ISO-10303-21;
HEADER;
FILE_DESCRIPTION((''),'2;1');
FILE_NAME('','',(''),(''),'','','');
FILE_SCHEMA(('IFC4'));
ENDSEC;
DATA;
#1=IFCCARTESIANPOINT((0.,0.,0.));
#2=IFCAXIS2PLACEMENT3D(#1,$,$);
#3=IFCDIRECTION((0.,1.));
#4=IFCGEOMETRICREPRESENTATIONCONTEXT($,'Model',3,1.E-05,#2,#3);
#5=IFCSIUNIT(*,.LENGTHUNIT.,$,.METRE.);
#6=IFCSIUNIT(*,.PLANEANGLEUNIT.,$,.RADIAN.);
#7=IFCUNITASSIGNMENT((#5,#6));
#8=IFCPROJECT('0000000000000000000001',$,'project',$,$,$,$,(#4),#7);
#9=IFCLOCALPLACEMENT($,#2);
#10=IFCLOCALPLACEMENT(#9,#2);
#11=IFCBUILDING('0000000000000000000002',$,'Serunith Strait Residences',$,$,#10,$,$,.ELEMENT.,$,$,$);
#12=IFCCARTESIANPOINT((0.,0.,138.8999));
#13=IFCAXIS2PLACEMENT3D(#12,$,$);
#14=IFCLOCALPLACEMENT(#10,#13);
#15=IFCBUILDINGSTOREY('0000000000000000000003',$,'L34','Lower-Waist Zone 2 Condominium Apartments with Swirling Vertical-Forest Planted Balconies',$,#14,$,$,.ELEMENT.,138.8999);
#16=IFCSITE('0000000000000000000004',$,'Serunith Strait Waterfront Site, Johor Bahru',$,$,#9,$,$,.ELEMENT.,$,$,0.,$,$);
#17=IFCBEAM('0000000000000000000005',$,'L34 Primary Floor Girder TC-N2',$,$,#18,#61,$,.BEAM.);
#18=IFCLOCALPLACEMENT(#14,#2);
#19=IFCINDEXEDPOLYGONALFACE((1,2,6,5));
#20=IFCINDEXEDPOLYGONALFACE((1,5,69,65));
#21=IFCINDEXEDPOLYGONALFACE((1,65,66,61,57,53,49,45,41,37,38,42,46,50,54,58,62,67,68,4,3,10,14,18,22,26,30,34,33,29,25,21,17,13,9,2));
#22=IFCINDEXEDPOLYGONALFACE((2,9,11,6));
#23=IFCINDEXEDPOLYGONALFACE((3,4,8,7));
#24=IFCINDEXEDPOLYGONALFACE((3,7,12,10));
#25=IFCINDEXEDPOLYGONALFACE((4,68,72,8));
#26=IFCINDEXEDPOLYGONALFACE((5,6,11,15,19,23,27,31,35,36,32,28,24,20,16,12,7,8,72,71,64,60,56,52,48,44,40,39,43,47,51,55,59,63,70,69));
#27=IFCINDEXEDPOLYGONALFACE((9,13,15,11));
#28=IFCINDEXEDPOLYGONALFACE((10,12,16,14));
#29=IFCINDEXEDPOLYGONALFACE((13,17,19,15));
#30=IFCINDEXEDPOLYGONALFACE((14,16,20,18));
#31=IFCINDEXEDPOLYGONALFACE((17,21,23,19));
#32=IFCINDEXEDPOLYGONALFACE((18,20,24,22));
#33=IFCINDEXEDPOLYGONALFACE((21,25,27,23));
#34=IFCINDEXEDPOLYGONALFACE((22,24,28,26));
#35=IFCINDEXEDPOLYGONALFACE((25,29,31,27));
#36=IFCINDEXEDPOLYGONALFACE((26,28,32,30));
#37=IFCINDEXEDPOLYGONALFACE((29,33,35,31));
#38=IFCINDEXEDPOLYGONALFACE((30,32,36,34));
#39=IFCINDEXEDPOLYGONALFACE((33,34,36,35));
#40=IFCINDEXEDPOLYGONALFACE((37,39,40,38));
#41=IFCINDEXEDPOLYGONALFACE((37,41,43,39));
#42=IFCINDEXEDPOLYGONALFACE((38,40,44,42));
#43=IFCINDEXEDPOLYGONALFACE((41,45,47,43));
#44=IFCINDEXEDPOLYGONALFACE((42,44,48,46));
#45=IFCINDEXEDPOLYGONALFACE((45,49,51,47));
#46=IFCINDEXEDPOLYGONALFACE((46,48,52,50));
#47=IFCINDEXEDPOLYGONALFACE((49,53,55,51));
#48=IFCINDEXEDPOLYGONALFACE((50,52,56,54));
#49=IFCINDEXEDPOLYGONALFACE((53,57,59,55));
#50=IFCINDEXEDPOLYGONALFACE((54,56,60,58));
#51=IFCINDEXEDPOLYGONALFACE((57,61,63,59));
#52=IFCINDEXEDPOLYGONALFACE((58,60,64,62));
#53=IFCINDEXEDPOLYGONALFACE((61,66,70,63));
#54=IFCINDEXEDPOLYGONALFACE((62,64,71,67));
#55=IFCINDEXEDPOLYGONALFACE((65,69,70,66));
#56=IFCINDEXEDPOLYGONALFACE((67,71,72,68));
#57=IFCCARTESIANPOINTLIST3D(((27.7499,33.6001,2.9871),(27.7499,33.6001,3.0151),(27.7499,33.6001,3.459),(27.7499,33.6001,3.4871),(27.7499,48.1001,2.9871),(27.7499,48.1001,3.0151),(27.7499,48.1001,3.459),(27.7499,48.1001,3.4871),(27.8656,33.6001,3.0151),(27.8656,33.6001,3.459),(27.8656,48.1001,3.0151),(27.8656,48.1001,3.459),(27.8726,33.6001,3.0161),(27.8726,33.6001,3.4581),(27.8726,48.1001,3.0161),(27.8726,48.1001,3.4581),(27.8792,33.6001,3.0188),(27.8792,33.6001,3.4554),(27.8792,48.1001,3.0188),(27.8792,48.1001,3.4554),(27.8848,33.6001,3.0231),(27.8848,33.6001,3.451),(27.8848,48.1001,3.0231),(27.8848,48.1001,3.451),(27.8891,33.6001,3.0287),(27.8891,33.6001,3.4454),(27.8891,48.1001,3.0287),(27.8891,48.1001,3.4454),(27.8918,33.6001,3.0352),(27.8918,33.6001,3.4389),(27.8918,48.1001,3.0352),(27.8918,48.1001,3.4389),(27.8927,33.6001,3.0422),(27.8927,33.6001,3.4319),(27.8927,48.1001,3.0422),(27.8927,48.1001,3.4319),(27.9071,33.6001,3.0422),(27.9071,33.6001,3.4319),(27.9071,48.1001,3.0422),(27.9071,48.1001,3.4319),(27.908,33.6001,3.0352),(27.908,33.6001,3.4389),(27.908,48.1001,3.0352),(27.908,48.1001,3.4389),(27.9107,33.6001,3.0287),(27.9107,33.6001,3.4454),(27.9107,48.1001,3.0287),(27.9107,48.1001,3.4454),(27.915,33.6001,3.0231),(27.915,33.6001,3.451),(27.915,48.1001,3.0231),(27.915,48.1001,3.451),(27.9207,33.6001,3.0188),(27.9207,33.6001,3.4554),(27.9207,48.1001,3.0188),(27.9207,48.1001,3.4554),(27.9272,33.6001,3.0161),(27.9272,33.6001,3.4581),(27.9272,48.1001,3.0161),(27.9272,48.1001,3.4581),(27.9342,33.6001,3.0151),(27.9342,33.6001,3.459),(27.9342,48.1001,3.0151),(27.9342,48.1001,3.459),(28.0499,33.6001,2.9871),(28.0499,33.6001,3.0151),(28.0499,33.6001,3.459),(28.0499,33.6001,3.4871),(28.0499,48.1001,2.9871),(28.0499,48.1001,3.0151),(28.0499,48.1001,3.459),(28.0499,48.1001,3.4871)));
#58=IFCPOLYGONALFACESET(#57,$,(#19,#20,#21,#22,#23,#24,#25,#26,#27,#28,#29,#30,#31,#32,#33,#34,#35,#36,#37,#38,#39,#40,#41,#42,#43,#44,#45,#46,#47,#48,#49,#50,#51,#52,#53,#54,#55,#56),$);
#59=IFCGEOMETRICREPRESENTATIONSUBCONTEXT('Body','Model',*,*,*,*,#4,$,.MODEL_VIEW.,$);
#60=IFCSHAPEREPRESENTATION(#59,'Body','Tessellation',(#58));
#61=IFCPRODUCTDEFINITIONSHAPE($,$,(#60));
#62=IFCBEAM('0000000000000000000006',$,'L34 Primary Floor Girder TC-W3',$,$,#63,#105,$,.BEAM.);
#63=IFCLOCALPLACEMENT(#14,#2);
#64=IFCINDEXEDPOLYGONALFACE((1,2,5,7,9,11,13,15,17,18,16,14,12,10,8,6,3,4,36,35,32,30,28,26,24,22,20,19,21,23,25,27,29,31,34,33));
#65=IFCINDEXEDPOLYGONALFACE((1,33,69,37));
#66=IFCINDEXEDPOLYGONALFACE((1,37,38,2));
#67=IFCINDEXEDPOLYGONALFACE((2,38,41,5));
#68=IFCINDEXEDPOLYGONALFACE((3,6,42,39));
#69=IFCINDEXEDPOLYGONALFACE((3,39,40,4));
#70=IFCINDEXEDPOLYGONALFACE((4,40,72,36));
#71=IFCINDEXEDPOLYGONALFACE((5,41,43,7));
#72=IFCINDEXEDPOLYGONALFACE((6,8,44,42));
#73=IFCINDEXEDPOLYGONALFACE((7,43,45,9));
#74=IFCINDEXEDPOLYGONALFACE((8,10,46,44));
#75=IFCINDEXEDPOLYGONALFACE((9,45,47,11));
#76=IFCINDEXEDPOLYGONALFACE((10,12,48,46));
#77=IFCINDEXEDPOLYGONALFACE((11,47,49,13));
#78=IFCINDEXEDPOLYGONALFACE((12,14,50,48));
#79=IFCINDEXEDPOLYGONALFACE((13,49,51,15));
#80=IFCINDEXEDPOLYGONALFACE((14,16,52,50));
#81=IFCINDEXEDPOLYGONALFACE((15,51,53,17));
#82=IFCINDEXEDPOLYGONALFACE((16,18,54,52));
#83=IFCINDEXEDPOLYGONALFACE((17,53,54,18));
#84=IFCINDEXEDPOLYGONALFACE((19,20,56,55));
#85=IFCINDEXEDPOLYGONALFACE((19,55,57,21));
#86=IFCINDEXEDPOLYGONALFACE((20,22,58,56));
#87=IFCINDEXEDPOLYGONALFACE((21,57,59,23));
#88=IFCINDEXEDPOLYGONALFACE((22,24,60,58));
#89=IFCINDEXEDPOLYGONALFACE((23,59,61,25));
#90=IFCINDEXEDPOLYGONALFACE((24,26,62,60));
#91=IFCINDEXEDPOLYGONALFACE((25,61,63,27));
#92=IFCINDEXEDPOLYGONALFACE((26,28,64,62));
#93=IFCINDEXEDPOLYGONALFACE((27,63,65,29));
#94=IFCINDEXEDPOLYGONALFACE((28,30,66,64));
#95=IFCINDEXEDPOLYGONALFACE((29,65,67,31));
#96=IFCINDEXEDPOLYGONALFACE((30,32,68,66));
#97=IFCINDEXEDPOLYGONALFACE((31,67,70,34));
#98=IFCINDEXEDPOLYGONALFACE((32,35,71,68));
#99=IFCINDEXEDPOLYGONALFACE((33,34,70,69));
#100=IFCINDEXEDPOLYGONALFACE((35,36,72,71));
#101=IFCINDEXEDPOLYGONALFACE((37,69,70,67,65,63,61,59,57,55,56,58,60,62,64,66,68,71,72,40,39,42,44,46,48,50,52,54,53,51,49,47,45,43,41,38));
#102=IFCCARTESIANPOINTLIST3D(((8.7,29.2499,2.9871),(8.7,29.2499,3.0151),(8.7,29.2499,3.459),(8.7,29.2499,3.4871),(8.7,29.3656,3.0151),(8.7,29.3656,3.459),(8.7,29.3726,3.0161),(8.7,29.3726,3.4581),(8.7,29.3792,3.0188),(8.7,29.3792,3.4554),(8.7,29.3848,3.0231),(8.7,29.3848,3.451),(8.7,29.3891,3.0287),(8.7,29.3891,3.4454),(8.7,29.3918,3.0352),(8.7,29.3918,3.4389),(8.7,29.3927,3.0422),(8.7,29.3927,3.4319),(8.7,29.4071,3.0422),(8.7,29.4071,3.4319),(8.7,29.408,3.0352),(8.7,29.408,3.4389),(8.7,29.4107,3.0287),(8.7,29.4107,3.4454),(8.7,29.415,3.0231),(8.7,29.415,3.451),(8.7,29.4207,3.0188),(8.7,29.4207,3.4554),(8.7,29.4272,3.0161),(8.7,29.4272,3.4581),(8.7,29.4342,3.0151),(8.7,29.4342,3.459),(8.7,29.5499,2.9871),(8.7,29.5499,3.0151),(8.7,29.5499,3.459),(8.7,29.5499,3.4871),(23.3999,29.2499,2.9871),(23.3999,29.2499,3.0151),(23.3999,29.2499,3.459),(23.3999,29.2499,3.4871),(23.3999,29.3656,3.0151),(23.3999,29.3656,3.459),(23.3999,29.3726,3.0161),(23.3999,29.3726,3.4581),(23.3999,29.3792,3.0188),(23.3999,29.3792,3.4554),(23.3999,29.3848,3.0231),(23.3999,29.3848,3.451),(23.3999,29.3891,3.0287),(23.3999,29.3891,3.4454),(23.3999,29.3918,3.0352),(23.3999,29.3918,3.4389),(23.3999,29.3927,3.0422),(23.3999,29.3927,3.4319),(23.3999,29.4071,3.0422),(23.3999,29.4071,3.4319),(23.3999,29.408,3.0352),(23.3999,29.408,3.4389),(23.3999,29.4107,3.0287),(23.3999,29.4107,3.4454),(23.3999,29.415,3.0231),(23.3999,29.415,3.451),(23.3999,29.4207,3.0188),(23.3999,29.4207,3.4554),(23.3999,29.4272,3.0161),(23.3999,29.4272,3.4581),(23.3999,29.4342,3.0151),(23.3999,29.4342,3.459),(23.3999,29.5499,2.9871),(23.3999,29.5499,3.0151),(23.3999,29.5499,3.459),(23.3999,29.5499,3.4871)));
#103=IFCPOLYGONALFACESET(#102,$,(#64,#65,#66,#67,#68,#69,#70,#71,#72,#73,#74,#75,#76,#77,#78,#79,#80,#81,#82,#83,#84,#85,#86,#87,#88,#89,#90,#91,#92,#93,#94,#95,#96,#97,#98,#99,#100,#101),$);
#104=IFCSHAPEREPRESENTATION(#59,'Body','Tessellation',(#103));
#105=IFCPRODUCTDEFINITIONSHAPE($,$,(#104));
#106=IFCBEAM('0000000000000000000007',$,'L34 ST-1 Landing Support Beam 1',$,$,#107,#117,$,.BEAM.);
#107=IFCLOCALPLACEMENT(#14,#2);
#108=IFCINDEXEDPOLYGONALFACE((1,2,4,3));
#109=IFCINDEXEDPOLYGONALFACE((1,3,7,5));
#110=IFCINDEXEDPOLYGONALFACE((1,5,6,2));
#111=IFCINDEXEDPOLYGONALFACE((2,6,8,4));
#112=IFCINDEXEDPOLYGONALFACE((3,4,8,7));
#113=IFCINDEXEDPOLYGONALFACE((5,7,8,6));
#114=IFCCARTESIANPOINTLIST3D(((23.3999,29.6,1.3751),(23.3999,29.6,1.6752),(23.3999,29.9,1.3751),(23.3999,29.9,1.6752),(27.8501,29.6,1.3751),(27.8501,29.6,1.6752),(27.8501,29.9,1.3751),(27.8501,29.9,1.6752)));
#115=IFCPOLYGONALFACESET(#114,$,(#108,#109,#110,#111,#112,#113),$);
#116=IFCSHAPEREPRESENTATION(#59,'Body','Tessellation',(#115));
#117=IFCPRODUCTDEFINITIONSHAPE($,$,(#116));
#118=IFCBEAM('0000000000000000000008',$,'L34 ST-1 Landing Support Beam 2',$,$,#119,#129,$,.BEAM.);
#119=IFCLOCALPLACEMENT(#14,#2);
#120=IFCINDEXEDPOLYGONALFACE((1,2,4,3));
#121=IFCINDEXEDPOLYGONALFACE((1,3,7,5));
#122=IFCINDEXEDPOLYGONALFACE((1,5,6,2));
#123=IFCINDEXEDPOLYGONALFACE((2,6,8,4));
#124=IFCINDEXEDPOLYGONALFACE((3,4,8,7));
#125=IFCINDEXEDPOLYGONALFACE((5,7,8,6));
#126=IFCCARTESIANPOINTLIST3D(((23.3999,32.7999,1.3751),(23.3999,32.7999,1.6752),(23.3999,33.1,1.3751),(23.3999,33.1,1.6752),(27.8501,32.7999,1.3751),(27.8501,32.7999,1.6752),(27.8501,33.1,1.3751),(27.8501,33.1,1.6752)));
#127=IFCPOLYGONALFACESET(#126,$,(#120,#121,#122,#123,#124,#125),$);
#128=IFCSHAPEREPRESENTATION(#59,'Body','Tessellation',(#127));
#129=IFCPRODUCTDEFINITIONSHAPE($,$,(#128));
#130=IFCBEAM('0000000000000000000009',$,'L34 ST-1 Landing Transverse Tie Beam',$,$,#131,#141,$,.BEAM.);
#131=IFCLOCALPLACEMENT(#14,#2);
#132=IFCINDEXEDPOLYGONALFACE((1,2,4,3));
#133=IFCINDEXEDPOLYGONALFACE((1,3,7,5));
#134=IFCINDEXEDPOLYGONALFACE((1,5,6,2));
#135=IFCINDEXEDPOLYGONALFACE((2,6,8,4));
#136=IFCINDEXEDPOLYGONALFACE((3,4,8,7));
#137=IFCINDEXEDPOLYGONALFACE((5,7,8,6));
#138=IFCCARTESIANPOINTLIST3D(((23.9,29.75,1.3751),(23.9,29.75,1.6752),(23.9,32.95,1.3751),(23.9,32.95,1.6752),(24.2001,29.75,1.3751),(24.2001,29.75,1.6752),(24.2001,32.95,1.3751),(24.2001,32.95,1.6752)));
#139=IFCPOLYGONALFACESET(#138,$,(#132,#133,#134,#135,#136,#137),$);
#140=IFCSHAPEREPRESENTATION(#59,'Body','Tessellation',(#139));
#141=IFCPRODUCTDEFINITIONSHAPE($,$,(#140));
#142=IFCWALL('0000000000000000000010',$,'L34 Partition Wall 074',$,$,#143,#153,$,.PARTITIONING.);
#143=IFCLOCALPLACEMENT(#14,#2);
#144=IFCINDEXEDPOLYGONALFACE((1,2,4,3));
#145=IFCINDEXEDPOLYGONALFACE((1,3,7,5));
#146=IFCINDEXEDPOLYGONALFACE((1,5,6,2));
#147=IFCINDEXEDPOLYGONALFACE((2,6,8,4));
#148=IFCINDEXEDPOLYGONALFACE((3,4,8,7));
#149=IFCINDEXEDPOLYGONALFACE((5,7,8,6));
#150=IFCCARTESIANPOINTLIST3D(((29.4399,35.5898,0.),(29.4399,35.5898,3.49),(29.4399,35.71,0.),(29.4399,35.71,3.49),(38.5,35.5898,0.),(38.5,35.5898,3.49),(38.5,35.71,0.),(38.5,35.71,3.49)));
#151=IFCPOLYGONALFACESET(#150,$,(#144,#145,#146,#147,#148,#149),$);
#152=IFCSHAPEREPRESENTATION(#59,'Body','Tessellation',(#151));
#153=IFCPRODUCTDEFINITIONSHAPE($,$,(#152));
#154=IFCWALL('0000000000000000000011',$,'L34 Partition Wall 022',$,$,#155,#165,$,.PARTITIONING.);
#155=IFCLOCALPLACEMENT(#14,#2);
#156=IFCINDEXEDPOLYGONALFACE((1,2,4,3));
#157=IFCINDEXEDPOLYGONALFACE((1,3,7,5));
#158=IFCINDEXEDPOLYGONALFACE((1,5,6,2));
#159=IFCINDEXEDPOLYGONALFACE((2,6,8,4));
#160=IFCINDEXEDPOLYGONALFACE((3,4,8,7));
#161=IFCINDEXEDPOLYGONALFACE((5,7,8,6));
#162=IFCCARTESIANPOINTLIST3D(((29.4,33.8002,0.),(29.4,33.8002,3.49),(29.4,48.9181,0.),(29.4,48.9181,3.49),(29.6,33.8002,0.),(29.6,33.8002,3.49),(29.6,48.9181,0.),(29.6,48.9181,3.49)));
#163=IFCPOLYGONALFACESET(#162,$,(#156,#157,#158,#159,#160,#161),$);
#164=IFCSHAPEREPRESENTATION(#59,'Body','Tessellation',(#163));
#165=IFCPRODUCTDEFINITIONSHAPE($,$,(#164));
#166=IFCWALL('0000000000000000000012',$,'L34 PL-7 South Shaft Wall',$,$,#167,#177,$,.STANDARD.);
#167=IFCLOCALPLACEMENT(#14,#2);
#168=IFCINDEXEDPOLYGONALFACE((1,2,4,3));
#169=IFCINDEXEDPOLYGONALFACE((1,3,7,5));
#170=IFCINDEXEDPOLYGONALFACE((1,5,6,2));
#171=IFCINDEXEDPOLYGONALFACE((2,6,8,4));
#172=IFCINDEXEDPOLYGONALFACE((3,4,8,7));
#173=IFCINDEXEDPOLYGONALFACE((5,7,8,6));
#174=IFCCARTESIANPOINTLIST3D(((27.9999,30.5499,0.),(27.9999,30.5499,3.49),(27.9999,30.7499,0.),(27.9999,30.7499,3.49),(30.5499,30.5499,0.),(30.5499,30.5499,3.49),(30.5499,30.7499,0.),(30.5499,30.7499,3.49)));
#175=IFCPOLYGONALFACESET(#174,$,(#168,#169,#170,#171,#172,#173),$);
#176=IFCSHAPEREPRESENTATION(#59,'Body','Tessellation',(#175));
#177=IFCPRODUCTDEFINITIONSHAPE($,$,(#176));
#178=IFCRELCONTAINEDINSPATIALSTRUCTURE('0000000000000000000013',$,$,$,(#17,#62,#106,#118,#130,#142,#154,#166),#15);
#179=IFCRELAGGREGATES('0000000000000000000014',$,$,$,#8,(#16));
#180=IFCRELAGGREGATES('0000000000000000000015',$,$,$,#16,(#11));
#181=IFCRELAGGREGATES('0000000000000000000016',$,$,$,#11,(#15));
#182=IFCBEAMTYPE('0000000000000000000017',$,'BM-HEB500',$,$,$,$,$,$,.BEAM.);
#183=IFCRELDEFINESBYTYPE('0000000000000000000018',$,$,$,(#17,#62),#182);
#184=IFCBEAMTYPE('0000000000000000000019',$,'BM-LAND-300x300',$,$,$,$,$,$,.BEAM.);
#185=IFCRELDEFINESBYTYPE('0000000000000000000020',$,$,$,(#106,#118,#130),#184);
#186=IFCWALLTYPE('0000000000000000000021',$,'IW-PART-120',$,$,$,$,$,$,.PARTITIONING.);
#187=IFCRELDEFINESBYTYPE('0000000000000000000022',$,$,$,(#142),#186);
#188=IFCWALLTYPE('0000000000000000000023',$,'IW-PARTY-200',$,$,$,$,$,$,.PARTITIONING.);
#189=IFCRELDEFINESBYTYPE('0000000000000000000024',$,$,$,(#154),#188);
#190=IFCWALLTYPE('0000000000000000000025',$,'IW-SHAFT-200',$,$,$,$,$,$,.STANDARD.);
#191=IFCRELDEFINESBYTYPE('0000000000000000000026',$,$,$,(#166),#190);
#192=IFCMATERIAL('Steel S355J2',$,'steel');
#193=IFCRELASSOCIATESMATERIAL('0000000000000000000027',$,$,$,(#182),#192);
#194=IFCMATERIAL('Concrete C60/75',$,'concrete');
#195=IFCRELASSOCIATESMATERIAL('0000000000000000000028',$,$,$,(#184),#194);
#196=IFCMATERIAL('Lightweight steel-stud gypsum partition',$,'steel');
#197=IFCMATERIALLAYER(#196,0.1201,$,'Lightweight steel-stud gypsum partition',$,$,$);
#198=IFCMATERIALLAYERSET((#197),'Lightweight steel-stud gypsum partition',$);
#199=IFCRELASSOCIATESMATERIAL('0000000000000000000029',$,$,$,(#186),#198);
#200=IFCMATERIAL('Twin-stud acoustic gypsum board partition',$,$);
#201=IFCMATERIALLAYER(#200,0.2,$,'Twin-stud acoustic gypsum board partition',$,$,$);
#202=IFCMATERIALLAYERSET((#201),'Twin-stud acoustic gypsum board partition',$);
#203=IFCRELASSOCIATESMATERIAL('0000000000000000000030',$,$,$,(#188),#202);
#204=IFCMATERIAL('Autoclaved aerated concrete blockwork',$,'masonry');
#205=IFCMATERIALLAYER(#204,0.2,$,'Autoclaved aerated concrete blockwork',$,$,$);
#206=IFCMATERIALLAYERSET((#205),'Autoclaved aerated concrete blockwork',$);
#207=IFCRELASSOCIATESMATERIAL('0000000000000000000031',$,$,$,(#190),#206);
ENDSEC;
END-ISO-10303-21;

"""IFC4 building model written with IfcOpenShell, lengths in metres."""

from ifc_helpers import new_model, si_unit, direction, frame, frame_2d, origin, origin_2d, place, context, subcontext, project, spatial, rectangle, i_section, extrude, source, transform, mapped, material, layer, layer_set, material_profile, profile_set, type_object, element, save


model = new_model("IFC4")

# Units and contexts
model_context = context("Model", 3, precision=1e-05, world=origin(), true_north=direction((0.0, 1.0)))
body_context = subcontext(model_context, "Body", "Model", "MODEL_VIEW")
ifc_project = project(units=[si_unit("LENGTHUNIT", "METRE"), si_unit("PLANEANGLEUNIT", "RADIAN")], contexts=[model_context])

# Site, building, storey
site_placement = place(None, origin())
site = spatial("IfcSite", under=ifc_project, at=site_placement, Name="Serunith Strait Waterfront Site, Johor Bahru", CompositionType="ELEMENT", RefElevation=0.0)
building_placement = place(site_placement, origin())
building = spatial("IfcBuilding", under=site, at=building_placement, Name="Serunith Strait Residences", CompositionType="ELEMENT")
storey_placement = place(building_placement, frame((0.0, 0.0, 138.8999)))
storey = spatial("IfcBuildingStorey", under=building, at=storey_placement, Name="L34", Description="Lower-Waist Zone 2 Condominium Apartments with Swirling Vertical-Forest Planted Balconies", CompositionType="ELEMENT", Elevation=138.8999)

# Beams
ifc_material_1 = material(Name="Steel S355J2", Category="steel")
ifc_material_profile_1 = material_profile(ifc_material_1, i_section(OverallWidth=0.3, OverallDepth=0.5, WebThickness=0.0144, FlangeThickness=0.0281, FilletRadius=0.0271, at=origin_2d()), Name="HEB 500")
ifc_profile_set_1 = profile_set([ifc_material_profile_1], Name="Steel S355J2")
beam_type_1 = type_object("IfcBeamType", Name="BM-HEB500", PredefinedType="BEAM", material=ifc_profile_set_1)
shared_shape_1 = source(origin(), body_context, "Body", "SweptSolid", [
    extrude(i_section(OverallWidth=0.3, OverallDepth=0.5, WebThickness=0.0144, FlangeThickness=0.0281, FilletRadius=0.0271, at=origin_2d()), origin(), (0.0, 0.0, 1.0), 14.5),
])
beam_1_placement = place(storey_placement, frame((27.8999, 33.6001, 3.2371), z_axis=(0.0, 1.0, 0.0), x_axis=(-1.0, 0.0, 0.0)))
element("IfcBeam", 1, at=beam_1_placement, inside=storey, type_object=beam_type_1, Name="L34 Primary Floor Girder TC-N2", PredefinedType="BEAM", context=body_context, shape_type="MappedRepresentation", body=[
    mapped(shared_shape_1, transform((0.0, 0.0, 0.0), scale=1.0)),
])
shared_shape_2 = source(origin(), body_context, "Body", "SweptSolid", [
    extrude(i_section(OverallWidth=0.3, OverallDepth=0.5, WebThickness=0.0144, FlangeThickness=0.0281, FilletRadius=0.0271, at=origin_2d()), origin(), (0.0, 0.0, 1.0), 14.7),
])
beam_2_placement = place(storey_placement, frame((23.3999, 29.3999, 3.2371), z_axis=(-1.0, 0.0, 0.0), x_axis=(0.0, -1.0, 0.0)))
element("IfcBeam", 2, at=beam_2_placement, inside=storey, type_object=beam_type_1, Name="L34 Primary Floor Girder TC-W3", PredefinedType="BEAM", context=body_context, shape_type="MappedRepresentation", body=[
    mapped(shared_shape_2, transform((0.0, 0.0, 0.0), scale=1.0)),
])
ifc_material_2 = material(Name="Concrete C60/75", Category="concrete")
ifc_material_profile_2 = material_profile(ifc_material_2, rectangle(XDim=0.3, YDim=0.3, at=origin_2d()), Name="RC 300x300")
ifc_profile_set_2 = profile_set([ifc_material_profile_2], Name="Concrete C60/75")
beam_type_2 = type_object("IfcBeamType", Name="BM-LAND-300x300", PredefinedType="BEAM", material=ifc_profile_set_2)
shared_shape_3 = source(origin(), body_context, "Body", "SweptSolid", [
    extrude(rectangle(XDim=0.3, YDim=0.3, at=origin_2d()), origin(), (0.0, 0.0, 1.0), 4.4502),
])
for number, where, z_axis, x_axis, name in (
    (3, (23.3999, 29.75, 1.5251), (1.0, 0.0, 0.0), (0.0, 1.0, 0.0), "L34 ST-1 Landing Support Beam 1"),
    (4, (23.3999, 32.95, 1.5251), (1.0, 0.0, 0.0), (0.0, 1.0, 0.0), "L34 ST-1 Landing Support Beam 2"),
):
    element("IfcBeam", number, at=place(storey_placement, frame(where, z_axis=z_axis, x_axis=x_axis)), inside=storey, type_object=beam_type_2, Name=name, PredefinedType="BEAM", context=body_context, shape_type="MappedRepresentation", body=[
        mapped(shared_shape_3, transform((0.0, 0.0, 0.0), scale=1.0)),
    ])
shared_shape_4 = source(origin(), body_context, "Body", "SweptSolid", [
    extrude(rectangle(XDim=0.3, YDim=0.3, at=origin_2d()), origin(), (0.0, 0.0, 1.0), 3.2),
])
beam_3_placement = place(storey_placement, frame((24.05, 29.75, 1.5251), z_axis=(0.0, 1.0, 0.0), x_axis=(-1.0, 0.0, 0.0)))
element("IfcBeam", 5, at=beam_3_placement, inside=storey, type_object=beam_type_2, Name="L34 ST-1 Landing Transverse Tie Beam", PredefinedType="BEAM", context=body_context, shape_type="MappedRepresentation", body=[
    mapped(shared_shape_4, transform((0.0, 0.0, 0.0), scale=1.0)),
])

# Walls
ifc_material_3 = material(Name="Lightweight steel-stud gypsum partition", Category="steel")
ifc_layer_1 = layer(ifc_material_3, 0.1201, Name="Lightweight steel-stud gypsum partition")
ifc_layer_set_1 = layer_set([ifc_layer_1], Name="Lightweight steel-stud gypsum partition")
wall_type_1 = type_object("IfcWallType", Name="IW-PART-120", PredefinedType="PARTITIONING", material=ifc_layer_set_1)
wall_1_placement = place(storey_placement, frame((29.4399, 35.6499, 0.0), z_axis=(0.0, 0.0, 1.0), x_axis=(1.0, 0.0, 0.0)))
element("IfcWall", 6, at=wall_1_placement, inside=storey, type_object=wall_type_1, Name="L34 Partition Wall 074", PredefinedType="PARTITIONING", context=body_context, shape_type="SweptSolid", body=[
    extrude(rectangle(XDim=9.0601, YDim=0.1201, at=frame_2d((4.53, 0.0))), origin(), (0.0, 0.0, 1.0), 3.49),
])
ifc_material_4 = material(Name="Twin-stud acoustic gypsum board partition")
ifc_layer_2 = layer(ifc_material_4, 0.2, Name="Twin-stud acoustic gypsum board partition")
ifc_layer_set_2 = layer_set([ifc_layer_2], Name="Twin-stud acoustic gypsum board partition")
wall_type_2 = type_object("IfcWallType", Name="IW-PARTY-200", PredefinedType="PARTITIONING", material=ifc_layer_set_2)
wall_2_placement = place(storey_placement, frame((29.5, 33.8, 0.0), z_axis=(0.0, 0.0, 1.0), x_axis=(0.0, 1.0, 0.0)))
element("IfcWall", 7, at=wall_2_placement, inside=storey, type_object=wall_type_2, Name="L34 Partition Wall 022", PredefinedType="PARTITIONING", context=body_context, shape_type="SweptSolid", body=[
    extrude(rectangle(XDim=15.1179, YDim=0.2, at=frame_2d((7.5591, 0.0))), origin(), (0.0, 0.0, 1.0), 3.49),
])
ifc_material_5 = material(Name="Autoclaved aerated concrete blockwork", Category="masonry")
ifc_layer_3 = layer(ifc_material_5, 0.2, Name="Autoclaved aerated concrete blockwork")
ifc_layer_set_3 = layer_set([ifc_layer_3], Name="Autoclaved aerated concrete blockwork")
wall_type_3 = type_object("IfcWallType", Name="IW-SHAFT-200", PredefinedType="STANDARD", material=ifc_layer_set_3)
wall_3_placement = place(storey_placement, frame((28.0, 30.6499, 0.0), z_axis=(0.0, 0.0, 1.0), x_axis=(1.0, 0.0, 0.0)))
element("IfcWall", 8, at=wall_3_placement, inside=storey, type_object=wall_type_3, Name="L34 PL-7 South Shaft Wall", PredefinedType="STANDARD", context=body_context, shape_type="SweptSolid", body=[
    extrude(rectangle(XDim=2.55, YDim=0.2, at=frame_2d((1.2749, 0.0))), origin(), (0.0, 0.0, 1.0), 3.49),
])

save(model, "model.ifc")
